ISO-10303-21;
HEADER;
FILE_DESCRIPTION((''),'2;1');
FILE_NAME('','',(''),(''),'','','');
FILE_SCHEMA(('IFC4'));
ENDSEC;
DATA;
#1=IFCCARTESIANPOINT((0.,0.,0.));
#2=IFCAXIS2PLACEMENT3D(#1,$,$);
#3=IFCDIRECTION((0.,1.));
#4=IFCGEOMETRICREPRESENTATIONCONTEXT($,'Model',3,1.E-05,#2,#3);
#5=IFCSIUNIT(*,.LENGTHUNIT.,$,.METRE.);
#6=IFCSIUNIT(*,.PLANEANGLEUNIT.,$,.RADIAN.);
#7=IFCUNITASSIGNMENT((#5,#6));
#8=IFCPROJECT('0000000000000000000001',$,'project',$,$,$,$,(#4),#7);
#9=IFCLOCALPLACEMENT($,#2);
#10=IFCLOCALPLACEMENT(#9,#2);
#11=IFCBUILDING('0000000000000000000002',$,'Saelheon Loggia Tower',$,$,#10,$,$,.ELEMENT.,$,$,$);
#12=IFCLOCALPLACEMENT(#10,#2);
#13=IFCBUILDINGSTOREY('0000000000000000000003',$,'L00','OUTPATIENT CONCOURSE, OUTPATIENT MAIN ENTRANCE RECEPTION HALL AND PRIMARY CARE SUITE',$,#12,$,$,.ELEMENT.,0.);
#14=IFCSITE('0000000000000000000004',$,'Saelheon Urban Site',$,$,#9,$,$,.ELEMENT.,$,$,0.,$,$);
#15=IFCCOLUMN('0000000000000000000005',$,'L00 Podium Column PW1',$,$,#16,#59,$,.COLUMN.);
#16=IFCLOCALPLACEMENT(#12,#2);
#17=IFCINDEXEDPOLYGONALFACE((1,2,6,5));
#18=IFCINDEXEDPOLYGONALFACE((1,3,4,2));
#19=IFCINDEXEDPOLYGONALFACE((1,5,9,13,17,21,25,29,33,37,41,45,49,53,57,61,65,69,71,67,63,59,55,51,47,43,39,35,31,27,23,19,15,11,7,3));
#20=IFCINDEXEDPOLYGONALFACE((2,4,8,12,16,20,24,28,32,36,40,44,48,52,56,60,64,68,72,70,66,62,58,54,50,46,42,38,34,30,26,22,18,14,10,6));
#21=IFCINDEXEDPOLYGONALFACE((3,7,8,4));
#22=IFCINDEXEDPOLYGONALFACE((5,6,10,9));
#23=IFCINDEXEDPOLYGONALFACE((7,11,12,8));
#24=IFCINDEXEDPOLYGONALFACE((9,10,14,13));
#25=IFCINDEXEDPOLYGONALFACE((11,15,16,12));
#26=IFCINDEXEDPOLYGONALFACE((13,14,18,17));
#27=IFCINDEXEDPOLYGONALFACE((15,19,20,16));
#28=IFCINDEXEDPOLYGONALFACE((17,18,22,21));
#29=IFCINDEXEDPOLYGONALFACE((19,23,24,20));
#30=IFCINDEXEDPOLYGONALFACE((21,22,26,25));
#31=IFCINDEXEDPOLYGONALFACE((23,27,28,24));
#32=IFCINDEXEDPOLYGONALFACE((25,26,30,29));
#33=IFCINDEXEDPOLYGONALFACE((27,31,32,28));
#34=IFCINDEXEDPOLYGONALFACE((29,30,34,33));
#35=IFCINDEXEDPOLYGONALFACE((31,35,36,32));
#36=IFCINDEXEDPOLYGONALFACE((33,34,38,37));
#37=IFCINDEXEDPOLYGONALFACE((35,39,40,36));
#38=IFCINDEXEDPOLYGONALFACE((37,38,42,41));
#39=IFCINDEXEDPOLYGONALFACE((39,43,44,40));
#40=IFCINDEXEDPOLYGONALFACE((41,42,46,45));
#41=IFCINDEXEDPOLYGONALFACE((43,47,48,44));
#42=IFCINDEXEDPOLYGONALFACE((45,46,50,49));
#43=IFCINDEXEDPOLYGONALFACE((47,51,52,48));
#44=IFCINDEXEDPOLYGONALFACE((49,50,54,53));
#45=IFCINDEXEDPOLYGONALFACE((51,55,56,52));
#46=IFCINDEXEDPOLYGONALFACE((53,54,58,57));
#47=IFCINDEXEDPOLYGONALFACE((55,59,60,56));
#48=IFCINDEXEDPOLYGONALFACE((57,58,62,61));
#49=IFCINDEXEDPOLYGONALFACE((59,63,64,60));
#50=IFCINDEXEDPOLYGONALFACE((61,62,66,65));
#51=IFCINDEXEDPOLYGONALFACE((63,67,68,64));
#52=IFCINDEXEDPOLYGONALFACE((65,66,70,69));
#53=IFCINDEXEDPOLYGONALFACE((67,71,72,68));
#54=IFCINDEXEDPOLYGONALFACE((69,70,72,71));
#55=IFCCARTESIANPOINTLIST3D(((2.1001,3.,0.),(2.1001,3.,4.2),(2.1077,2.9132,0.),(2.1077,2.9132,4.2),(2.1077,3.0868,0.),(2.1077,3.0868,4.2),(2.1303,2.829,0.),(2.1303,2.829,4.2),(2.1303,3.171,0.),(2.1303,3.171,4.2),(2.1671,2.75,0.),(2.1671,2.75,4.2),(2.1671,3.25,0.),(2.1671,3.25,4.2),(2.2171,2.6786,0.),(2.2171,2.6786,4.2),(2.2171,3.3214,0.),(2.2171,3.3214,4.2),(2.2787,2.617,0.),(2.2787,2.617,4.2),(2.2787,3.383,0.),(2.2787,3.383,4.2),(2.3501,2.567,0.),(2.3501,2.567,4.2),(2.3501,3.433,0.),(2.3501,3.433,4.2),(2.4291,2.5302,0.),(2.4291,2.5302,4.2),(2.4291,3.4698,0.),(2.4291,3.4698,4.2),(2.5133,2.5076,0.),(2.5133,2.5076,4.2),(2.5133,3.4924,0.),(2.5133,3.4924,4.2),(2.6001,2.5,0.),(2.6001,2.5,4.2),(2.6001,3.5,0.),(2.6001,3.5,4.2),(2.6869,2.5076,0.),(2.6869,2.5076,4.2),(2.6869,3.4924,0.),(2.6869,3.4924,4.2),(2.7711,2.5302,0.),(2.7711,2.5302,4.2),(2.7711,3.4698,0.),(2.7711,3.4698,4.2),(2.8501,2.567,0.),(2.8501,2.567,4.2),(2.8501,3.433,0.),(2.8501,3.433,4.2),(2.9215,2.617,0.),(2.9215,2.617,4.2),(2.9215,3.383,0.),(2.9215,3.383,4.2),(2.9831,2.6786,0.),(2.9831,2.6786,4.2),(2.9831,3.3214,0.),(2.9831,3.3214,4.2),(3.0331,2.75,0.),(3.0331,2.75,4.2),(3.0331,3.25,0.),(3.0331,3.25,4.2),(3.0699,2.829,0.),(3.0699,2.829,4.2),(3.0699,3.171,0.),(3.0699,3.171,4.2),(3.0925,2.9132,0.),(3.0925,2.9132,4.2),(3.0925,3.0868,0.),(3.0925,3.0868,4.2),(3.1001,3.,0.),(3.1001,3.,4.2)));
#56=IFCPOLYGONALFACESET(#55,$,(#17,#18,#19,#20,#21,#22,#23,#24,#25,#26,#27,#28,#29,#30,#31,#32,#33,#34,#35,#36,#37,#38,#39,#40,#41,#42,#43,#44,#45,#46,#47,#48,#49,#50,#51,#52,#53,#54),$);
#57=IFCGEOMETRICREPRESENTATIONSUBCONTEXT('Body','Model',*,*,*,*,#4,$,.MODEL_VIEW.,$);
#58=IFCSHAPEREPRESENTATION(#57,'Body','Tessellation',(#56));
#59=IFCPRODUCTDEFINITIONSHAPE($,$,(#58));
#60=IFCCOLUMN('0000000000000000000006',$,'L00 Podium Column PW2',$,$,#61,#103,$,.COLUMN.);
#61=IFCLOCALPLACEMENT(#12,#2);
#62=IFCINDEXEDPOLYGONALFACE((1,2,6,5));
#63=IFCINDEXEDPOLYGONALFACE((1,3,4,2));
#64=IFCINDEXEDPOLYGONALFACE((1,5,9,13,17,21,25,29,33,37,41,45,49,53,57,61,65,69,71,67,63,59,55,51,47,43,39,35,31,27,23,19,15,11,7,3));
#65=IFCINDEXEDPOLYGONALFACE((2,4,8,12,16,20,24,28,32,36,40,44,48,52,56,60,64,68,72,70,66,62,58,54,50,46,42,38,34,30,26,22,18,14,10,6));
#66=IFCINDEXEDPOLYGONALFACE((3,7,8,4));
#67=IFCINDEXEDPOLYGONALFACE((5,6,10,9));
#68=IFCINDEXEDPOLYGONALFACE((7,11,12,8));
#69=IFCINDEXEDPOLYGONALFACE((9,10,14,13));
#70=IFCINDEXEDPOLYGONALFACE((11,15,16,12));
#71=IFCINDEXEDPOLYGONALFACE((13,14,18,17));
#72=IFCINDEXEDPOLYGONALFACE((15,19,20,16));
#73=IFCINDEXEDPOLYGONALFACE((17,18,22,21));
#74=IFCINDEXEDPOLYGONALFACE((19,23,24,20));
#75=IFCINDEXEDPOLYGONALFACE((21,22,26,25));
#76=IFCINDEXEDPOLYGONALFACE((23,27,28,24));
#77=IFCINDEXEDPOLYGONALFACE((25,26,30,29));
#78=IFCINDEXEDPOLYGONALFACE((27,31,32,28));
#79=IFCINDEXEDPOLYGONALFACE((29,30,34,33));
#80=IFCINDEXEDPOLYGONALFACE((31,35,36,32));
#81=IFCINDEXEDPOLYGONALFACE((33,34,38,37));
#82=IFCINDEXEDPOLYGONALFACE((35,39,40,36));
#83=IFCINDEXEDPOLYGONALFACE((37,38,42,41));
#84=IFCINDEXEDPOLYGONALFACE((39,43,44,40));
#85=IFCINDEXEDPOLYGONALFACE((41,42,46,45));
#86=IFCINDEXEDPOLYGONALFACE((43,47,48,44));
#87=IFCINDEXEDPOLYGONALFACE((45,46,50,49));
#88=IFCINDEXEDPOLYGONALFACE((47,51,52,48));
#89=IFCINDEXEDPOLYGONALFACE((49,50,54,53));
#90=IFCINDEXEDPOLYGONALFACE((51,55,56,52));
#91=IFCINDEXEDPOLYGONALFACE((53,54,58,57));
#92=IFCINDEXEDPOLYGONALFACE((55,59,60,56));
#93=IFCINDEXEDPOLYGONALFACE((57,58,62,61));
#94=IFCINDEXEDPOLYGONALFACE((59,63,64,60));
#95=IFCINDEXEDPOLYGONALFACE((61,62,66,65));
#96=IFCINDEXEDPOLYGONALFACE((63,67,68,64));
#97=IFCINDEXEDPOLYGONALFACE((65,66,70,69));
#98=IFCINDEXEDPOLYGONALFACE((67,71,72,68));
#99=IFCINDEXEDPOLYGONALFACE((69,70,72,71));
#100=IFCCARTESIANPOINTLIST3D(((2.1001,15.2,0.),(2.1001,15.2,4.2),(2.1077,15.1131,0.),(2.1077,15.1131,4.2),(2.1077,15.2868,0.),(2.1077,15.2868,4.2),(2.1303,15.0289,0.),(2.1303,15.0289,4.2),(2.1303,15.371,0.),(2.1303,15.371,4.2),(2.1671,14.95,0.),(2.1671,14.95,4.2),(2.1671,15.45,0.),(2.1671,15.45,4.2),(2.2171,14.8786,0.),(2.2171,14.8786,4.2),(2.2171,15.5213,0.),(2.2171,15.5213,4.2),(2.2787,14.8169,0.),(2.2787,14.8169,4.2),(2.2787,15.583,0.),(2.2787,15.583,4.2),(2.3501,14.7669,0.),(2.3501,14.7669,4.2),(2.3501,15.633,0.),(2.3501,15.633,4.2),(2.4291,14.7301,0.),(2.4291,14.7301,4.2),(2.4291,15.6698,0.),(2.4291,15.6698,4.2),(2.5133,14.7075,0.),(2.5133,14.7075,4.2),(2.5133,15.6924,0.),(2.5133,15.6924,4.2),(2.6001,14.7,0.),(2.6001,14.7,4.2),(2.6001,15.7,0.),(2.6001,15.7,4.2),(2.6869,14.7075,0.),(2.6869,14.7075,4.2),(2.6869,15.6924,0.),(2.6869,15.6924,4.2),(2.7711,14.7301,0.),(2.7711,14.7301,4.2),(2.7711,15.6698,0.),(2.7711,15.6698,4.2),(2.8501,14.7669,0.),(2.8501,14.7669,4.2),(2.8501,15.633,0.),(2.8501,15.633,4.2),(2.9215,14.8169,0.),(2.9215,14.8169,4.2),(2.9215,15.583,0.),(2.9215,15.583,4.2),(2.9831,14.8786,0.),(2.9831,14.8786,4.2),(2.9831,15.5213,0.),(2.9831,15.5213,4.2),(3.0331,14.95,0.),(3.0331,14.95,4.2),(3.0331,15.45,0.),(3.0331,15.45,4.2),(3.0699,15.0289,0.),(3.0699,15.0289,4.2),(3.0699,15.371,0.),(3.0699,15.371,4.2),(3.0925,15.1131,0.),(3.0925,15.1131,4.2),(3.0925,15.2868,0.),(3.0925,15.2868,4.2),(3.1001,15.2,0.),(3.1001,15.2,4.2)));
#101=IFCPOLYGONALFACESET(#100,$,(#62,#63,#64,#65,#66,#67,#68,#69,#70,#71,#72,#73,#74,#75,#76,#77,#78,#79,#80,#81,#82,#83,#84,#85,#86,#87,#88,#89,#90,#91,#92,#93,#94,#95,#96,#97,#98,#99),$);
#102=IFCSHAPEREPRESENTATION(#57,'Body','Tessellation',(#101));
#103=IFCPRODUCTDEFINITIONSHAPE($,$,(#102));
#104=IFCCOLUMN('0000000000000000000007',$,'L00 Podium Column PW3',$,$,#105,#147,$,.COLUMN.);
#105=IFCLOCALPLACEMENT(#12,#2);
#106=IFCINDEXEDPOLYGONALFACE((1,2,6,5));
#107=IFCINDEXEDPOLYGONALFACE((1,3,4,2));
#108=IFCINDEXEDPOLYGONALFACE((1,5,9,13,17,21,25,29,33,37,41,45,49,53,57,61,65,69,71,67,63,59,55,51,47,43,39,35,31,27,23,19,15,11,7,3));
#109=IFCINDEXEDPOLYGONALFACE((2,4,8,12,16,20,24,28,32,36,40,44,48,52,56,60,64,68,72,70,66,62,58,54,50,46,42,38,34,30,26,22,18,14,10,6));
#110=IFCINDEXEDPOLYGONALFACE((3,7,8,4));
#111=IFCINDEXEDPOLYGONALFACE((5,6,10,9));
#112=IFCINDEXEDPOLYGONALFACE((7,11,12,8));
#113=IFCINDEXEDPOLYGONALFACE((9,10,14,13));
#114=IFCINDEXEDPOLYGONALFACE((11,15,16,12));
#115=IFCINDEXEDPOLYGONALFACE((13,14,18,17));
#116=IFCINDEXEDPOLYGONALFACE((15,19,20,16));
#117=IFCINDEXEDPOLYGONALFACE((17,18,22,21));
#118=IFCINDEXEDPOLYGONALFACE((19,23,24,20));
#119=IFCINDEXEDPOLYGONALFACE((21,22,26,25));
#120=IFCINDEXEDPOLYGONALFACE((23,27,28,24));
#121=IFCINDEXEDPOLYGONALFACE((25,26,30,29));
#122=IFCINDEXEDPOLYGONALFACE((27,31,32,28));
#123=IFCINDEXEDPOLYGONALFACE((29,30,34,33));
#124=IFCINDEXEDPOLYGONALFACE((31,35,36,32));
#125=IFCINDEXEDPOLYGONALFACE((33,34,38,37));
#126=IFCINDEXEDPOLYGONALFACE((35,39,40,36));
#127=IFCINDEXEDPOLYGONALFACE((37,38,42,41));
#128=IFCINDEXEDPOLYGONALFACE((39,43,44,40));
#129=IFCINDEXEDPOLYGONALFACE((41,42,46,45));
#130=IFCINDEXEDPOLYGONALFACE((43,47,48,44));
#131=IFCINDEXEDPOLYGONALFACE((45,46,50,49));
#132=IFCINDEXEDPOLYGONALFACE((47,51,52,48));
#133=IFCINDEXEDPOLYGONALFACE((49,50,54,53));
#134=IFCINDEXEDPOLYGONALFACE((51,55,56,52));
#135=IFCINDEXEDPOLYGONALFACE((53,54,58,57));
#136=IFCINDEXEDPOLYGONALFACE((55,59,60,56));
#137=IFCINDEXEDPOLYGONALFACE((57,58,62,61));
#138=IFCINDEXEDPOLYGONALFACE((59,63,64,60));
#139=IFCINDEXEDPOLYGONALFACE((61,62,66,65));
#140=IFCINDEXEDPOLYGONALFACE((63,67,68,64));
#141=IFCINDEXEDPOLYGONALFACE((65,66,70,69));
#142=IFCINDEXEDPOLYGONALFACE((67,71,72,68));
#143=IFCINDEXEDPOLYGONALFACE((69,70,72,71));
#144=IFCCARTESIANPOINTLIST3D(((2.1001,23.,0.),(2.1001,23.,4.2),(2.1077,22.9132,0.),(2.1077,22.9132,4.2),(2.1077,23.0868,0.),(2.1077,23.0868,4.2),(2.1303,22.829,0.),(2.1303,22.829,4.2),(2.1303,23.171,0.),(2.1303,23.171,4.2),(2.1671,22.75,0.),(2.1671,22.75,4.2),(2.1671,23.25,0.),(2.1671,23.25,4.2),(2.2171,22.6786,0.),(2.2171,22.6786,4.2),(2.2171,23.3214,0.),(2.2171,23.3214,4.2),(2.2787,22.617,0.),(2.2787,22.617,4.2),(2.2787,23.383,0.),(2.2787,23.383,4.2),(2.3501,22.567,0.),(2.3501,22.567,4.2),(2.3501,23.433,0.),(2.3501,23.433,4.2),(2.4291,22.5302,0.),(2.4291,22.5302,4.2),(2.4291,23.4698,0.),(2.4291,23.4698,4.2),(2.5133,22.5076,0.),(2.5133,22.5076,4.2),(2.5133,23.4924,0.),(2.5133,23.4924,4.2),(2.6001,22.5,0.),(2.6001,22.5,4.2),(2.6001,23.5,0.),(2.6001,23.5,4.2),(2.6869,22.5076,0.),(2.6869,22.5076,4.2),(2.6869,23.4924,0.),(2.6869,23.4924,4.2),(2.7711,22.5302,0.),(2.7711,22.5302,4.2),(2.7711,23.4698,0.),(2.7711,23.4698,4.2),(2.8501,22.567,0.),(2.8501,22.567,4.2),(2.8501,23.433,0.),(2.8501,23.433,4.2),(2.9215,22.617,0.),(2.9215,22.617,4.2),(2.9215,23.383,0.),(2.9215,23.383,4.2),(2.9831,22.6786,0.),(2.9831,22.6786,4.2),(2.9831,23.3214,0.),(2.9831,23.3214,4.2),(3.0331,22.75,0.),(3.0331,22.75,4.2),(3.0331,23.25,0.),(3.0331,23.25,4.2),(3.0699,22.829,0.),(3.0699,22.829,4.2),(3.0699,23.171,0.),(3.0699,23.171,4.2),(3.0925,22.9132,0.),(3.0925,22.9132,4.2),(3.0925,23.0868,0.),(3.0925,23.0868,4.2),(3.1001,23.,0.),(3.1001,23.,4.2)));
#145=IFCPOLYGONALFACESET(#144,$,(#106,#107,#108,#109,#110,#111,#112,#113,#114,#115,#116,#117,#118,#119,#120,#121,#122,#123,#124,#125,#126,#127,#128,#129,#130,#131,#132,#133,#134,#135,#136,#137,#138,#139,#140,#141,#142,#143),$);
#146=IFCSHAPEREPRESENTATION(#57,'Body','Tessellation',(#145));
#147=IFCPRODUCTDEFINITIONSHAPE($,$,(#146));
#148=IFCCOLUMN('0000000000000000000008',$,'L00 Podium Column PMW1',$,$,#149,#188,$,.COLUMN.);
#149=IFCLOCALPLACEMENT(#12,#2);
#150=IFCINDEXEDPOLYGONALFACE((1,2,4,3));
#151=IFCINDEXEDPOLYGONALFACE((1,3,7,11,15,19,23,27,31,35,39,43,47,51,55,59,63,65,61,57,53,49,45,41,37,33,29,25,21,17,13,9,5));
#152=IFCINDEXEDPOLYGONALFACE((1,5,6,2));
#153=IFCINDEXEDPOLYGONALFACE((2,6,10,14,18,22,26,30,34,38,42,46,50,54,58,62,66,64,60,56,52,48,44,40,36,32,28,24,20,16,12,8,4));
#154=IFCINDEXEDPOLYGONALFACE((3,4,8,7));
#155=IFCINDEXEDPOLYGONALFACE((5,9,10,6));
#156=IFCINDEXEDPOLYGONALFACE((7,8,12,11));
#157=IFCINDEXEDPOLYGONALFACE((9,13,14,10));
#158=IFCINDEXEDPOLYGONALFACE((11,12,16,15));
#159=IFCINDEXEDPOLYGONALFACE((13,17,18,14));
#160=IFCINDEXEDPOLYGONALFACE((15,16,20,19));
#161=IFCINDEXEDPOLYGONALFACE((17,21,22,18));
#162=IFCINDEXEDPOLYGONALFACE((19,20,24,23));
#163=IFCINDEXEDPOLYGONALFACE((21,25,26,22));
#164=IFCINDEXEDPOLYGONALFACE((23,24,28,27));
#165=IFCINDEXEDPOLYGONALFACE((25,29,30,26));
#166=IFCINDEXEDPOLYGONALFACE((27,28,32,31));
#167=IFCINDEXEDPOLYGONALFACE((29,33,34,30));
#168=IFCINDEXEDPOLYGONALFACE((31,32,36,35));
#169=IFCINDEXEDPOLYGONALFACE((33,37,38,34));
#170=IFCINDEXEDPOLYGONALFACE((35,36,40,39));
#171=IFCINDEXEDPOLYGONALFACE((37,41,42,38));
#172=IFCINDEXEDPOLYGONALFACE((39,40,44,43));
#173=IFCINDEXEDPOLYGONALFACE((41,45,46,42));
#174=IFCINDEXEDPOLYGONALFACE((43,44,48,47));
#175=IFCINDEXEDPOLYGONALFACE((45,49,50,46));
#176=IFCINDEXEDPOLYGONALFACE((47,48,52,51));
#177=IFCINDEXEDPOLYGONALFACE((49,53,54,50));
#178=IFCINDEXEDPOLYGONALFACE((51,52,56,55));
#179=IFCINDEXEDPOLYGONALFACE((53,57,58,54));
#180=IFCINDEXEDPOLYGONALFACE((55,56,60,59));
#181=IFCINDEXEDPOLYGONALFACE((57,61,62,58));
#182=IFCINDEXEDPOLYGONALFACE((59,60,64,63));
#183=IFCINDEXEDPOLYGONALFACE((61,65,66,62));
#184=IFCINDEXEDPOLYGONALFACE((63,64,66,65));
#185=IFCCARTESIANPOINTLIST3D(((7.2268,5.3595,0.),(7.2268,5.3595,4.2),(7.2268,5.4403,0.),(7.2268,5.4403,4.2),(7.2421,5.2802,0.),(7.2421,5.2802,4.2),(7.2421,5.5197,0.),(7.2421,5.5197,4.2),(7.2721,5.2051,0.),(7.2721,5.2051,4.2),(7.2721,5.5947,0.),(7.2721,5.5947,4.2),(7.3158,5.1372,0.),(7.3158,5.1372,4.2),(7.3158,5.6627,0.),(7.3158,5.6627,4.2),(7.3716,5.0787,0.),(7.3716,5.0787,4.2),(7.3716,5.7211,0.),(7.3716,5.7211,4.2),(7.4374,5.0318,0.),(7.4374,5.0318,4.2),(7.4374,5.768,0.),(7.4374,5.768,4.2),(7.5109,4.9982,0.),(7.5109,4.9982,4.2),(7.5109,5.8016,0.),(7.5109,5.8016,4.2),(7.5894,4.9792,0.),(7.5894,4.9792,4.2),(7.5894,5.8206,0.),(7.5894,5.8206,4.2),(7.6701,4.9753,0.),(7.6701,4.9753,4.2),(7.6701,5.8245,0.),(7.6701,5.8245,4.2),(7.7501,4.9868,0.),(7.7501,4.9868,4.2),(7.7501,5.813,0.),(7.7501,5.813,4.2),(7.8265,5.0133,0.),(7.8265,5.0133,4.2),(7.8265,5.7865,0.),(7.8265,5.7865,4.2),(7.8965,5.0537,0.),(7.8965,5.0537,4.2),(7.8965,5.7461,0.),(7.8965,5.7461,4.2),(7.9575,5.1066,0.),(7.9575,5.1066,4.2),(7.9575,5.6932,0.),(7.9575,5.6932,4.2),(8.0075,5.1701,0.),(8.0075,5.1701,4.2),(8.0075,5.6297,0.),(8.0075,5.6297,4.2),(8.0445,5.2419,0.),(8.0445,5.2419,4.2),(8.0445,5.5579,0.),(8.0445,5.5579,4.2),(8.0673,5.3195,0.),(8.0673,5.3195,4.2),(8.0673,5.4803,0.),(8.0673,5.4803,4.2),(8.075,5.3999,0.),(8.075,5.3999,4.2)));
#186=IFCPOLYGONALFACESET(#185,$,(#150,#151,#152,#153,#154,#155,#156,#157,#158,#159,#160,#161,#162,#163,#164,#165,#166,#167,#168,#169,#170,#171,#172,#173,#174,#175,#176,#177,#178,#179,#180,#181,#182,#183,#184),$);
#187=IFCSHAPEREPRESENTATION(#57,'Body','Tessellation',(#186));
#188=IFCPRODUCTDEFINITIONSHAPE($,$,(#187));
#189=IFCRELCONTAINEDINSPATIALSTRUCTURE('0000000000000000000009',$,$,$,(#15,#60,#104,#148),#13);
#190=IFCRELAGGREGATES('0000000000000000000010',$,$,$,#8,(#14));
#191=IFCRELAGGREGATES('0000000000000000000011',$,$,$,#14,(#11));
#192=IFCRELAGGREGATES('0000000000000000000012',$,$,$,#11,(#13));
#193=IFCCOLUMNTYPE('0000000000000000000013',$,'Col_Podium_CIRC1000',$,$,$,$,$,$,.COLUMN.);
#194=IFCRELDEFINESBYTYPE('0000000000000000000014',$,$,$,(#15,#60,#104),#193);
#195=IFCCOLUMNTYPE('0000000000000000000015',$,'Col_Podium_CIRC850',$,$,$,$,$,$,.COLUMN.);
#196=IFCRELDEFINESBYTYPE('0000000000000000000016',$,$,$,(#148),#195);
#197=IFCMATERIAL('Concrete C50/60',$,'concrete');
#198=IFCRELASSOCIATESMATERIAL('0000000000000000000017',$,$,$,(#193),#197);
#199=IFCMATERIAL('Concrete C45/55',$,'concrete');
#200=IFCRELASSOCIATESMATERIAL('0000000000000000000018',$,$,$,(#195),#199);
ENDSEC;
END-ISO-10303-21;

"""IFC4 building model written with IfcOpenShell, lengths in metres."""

from ifc_helpers import new_model, si_unit, direction, frame, origin, origin_2d, place, context, subcontext, project, spatial, circle, extrude, source, transform, mapped, material, material_profile, profile_set, type_object, element, save


model = new_model("IFC4")

# Units and contexts
model_context = context("Model", 3, precision=1e-05, world=origin(), true_north=direction((0.0, 1.0)))
body_context = subcontext(model_context, "Body", "Model", "MODEL_VIEW")
ifc_project = project(units=[si_unit("LENGTHUNIT", "METRE"), si_unit("PLANEANGLEUNIT", "RADIAN")], contexts=[model_context])

# Site, building, storey
site_placement = place(None, origin())
site = spatial("IfcSite", under=ifc_project, at=site_placement, Name="Saelheon Urban Site", CompositionType="ELEMENT", RefElevation=0.0)
building_placement = place(site_placement, origin())
building = spatial("IfcBuilding", under=site, at=building_placement, Name="Saelheon Loggia Tower", CompositionType="ELEMENT")
storey_placement = place(building_placement, origin())
storey = spatial("IfcBuildingStorey", under=building, at=storey_placement, Name="L00", Description="OUTPATIENT CONCOURSE, OUTPATIENT MAIN ENTRANCE RECEPTION HALL AND PRIMARY CARE SUITE", CompositionType="ELEMENT", Elevation=0.0)

# Columns
ifc_material_1 = material(Name="Concrete C50/60", Category="concrete")
ifc_material_profile_1 = material_profile(ifc_material_1, circle(Radius=0.5, at=origin_2d()), Name="CIRC-1000")
ifc_profile_set_1 = profile_set([ifc_material_profile_1], Name="Concrete C50/60")
column_type_1 = type_object("IfcColumnType", Name="Col_Podium_CIRC1000", PredefinedType="COLUMN", material=ifc_profile_set_1)
shared_shape_1 = source(origin(), body_context, "Body", "SweptSolid", [
    extrude(circle(Radius=0.5, at=origin_2d()), origin(), (0.0, 0.0, 1.0), 4.2),
])
for number, where, z_axis, x_axis, name in (
    (1, (2.6001, 3.0, 0.0), (0.0, 0.0, 1.0), (1.0, 0.0, 0.0), "L00 Podium Column PW1"),
    (2, (2.6001, 15.2, 0.0), (0.0, 0.0, 1.0), (1.0, 0.0, 0.0), "L00 Podium Column PW2"),
    (3, (2.6001, 23.0, 0.0), (0.0, 0.0, 1.0), (1.0, 0.0, 0.0), "L00 Podium Column PW3"),
):
    element("IfcColumn", number, at=place(storey_placement, frame(where, z_axis=z_axis, x_axis=x_axis)), inside=storey, type_object=column_type_1, Name=name, PredefinedType="COLUMN", context=body_context, shape_type="MappedRepresentation", body=[
        mapped(shared_shape_1, transform((0.0, 0.0, 0.0), scale=1.0)),
    ])
ifc_material_2 = material(Name="Concrete C45/55", Category="concrete")
ifc_material_profile_2 = material_profile(ifc_material_2, circle(Radius=0.425, at=origin_2d()), Name="CIRC-850")
ifc_profile_set_2 = profile_set([ifc_material_profile_2], Name="Concrete C45/55")
column_type_2 = type_object("IfcColumnType", Name="Col_Podium_CIRC850", PredefinedType="COLUMN", material=ifc_profile_set_2)
shared_shape_2 = source(origin(), body_context, "Body", "SweptSolid", [
    extrude(circle(Radius=0.425, at=origin_2d()), origin(), (0.0, 0.0, 1.0), 4.2),
])
for number, where, z_axis, x_axis, name in (
    (4, (7.6499, 5.3999, 0.0), (0.0, 0.0, 1.0), (1.0, 0.0, 0.0), "L00 Podium Column PMW1"),
):
    element("IfcColumn", number, at=place(storey_placement, frame(where, z_axis=z_axis, x_axis=x_axis)), inside=storey, type_object=column_type_2, Name=name, PredefinedType="COLUMN", context=body_context, shape_type="MappedRepresentation", body=[
        mapped(shared_shape_2, transform((0.0, 0.0, 0.0), scale=1.0)),
    ])

save(model, "model.ifc")
